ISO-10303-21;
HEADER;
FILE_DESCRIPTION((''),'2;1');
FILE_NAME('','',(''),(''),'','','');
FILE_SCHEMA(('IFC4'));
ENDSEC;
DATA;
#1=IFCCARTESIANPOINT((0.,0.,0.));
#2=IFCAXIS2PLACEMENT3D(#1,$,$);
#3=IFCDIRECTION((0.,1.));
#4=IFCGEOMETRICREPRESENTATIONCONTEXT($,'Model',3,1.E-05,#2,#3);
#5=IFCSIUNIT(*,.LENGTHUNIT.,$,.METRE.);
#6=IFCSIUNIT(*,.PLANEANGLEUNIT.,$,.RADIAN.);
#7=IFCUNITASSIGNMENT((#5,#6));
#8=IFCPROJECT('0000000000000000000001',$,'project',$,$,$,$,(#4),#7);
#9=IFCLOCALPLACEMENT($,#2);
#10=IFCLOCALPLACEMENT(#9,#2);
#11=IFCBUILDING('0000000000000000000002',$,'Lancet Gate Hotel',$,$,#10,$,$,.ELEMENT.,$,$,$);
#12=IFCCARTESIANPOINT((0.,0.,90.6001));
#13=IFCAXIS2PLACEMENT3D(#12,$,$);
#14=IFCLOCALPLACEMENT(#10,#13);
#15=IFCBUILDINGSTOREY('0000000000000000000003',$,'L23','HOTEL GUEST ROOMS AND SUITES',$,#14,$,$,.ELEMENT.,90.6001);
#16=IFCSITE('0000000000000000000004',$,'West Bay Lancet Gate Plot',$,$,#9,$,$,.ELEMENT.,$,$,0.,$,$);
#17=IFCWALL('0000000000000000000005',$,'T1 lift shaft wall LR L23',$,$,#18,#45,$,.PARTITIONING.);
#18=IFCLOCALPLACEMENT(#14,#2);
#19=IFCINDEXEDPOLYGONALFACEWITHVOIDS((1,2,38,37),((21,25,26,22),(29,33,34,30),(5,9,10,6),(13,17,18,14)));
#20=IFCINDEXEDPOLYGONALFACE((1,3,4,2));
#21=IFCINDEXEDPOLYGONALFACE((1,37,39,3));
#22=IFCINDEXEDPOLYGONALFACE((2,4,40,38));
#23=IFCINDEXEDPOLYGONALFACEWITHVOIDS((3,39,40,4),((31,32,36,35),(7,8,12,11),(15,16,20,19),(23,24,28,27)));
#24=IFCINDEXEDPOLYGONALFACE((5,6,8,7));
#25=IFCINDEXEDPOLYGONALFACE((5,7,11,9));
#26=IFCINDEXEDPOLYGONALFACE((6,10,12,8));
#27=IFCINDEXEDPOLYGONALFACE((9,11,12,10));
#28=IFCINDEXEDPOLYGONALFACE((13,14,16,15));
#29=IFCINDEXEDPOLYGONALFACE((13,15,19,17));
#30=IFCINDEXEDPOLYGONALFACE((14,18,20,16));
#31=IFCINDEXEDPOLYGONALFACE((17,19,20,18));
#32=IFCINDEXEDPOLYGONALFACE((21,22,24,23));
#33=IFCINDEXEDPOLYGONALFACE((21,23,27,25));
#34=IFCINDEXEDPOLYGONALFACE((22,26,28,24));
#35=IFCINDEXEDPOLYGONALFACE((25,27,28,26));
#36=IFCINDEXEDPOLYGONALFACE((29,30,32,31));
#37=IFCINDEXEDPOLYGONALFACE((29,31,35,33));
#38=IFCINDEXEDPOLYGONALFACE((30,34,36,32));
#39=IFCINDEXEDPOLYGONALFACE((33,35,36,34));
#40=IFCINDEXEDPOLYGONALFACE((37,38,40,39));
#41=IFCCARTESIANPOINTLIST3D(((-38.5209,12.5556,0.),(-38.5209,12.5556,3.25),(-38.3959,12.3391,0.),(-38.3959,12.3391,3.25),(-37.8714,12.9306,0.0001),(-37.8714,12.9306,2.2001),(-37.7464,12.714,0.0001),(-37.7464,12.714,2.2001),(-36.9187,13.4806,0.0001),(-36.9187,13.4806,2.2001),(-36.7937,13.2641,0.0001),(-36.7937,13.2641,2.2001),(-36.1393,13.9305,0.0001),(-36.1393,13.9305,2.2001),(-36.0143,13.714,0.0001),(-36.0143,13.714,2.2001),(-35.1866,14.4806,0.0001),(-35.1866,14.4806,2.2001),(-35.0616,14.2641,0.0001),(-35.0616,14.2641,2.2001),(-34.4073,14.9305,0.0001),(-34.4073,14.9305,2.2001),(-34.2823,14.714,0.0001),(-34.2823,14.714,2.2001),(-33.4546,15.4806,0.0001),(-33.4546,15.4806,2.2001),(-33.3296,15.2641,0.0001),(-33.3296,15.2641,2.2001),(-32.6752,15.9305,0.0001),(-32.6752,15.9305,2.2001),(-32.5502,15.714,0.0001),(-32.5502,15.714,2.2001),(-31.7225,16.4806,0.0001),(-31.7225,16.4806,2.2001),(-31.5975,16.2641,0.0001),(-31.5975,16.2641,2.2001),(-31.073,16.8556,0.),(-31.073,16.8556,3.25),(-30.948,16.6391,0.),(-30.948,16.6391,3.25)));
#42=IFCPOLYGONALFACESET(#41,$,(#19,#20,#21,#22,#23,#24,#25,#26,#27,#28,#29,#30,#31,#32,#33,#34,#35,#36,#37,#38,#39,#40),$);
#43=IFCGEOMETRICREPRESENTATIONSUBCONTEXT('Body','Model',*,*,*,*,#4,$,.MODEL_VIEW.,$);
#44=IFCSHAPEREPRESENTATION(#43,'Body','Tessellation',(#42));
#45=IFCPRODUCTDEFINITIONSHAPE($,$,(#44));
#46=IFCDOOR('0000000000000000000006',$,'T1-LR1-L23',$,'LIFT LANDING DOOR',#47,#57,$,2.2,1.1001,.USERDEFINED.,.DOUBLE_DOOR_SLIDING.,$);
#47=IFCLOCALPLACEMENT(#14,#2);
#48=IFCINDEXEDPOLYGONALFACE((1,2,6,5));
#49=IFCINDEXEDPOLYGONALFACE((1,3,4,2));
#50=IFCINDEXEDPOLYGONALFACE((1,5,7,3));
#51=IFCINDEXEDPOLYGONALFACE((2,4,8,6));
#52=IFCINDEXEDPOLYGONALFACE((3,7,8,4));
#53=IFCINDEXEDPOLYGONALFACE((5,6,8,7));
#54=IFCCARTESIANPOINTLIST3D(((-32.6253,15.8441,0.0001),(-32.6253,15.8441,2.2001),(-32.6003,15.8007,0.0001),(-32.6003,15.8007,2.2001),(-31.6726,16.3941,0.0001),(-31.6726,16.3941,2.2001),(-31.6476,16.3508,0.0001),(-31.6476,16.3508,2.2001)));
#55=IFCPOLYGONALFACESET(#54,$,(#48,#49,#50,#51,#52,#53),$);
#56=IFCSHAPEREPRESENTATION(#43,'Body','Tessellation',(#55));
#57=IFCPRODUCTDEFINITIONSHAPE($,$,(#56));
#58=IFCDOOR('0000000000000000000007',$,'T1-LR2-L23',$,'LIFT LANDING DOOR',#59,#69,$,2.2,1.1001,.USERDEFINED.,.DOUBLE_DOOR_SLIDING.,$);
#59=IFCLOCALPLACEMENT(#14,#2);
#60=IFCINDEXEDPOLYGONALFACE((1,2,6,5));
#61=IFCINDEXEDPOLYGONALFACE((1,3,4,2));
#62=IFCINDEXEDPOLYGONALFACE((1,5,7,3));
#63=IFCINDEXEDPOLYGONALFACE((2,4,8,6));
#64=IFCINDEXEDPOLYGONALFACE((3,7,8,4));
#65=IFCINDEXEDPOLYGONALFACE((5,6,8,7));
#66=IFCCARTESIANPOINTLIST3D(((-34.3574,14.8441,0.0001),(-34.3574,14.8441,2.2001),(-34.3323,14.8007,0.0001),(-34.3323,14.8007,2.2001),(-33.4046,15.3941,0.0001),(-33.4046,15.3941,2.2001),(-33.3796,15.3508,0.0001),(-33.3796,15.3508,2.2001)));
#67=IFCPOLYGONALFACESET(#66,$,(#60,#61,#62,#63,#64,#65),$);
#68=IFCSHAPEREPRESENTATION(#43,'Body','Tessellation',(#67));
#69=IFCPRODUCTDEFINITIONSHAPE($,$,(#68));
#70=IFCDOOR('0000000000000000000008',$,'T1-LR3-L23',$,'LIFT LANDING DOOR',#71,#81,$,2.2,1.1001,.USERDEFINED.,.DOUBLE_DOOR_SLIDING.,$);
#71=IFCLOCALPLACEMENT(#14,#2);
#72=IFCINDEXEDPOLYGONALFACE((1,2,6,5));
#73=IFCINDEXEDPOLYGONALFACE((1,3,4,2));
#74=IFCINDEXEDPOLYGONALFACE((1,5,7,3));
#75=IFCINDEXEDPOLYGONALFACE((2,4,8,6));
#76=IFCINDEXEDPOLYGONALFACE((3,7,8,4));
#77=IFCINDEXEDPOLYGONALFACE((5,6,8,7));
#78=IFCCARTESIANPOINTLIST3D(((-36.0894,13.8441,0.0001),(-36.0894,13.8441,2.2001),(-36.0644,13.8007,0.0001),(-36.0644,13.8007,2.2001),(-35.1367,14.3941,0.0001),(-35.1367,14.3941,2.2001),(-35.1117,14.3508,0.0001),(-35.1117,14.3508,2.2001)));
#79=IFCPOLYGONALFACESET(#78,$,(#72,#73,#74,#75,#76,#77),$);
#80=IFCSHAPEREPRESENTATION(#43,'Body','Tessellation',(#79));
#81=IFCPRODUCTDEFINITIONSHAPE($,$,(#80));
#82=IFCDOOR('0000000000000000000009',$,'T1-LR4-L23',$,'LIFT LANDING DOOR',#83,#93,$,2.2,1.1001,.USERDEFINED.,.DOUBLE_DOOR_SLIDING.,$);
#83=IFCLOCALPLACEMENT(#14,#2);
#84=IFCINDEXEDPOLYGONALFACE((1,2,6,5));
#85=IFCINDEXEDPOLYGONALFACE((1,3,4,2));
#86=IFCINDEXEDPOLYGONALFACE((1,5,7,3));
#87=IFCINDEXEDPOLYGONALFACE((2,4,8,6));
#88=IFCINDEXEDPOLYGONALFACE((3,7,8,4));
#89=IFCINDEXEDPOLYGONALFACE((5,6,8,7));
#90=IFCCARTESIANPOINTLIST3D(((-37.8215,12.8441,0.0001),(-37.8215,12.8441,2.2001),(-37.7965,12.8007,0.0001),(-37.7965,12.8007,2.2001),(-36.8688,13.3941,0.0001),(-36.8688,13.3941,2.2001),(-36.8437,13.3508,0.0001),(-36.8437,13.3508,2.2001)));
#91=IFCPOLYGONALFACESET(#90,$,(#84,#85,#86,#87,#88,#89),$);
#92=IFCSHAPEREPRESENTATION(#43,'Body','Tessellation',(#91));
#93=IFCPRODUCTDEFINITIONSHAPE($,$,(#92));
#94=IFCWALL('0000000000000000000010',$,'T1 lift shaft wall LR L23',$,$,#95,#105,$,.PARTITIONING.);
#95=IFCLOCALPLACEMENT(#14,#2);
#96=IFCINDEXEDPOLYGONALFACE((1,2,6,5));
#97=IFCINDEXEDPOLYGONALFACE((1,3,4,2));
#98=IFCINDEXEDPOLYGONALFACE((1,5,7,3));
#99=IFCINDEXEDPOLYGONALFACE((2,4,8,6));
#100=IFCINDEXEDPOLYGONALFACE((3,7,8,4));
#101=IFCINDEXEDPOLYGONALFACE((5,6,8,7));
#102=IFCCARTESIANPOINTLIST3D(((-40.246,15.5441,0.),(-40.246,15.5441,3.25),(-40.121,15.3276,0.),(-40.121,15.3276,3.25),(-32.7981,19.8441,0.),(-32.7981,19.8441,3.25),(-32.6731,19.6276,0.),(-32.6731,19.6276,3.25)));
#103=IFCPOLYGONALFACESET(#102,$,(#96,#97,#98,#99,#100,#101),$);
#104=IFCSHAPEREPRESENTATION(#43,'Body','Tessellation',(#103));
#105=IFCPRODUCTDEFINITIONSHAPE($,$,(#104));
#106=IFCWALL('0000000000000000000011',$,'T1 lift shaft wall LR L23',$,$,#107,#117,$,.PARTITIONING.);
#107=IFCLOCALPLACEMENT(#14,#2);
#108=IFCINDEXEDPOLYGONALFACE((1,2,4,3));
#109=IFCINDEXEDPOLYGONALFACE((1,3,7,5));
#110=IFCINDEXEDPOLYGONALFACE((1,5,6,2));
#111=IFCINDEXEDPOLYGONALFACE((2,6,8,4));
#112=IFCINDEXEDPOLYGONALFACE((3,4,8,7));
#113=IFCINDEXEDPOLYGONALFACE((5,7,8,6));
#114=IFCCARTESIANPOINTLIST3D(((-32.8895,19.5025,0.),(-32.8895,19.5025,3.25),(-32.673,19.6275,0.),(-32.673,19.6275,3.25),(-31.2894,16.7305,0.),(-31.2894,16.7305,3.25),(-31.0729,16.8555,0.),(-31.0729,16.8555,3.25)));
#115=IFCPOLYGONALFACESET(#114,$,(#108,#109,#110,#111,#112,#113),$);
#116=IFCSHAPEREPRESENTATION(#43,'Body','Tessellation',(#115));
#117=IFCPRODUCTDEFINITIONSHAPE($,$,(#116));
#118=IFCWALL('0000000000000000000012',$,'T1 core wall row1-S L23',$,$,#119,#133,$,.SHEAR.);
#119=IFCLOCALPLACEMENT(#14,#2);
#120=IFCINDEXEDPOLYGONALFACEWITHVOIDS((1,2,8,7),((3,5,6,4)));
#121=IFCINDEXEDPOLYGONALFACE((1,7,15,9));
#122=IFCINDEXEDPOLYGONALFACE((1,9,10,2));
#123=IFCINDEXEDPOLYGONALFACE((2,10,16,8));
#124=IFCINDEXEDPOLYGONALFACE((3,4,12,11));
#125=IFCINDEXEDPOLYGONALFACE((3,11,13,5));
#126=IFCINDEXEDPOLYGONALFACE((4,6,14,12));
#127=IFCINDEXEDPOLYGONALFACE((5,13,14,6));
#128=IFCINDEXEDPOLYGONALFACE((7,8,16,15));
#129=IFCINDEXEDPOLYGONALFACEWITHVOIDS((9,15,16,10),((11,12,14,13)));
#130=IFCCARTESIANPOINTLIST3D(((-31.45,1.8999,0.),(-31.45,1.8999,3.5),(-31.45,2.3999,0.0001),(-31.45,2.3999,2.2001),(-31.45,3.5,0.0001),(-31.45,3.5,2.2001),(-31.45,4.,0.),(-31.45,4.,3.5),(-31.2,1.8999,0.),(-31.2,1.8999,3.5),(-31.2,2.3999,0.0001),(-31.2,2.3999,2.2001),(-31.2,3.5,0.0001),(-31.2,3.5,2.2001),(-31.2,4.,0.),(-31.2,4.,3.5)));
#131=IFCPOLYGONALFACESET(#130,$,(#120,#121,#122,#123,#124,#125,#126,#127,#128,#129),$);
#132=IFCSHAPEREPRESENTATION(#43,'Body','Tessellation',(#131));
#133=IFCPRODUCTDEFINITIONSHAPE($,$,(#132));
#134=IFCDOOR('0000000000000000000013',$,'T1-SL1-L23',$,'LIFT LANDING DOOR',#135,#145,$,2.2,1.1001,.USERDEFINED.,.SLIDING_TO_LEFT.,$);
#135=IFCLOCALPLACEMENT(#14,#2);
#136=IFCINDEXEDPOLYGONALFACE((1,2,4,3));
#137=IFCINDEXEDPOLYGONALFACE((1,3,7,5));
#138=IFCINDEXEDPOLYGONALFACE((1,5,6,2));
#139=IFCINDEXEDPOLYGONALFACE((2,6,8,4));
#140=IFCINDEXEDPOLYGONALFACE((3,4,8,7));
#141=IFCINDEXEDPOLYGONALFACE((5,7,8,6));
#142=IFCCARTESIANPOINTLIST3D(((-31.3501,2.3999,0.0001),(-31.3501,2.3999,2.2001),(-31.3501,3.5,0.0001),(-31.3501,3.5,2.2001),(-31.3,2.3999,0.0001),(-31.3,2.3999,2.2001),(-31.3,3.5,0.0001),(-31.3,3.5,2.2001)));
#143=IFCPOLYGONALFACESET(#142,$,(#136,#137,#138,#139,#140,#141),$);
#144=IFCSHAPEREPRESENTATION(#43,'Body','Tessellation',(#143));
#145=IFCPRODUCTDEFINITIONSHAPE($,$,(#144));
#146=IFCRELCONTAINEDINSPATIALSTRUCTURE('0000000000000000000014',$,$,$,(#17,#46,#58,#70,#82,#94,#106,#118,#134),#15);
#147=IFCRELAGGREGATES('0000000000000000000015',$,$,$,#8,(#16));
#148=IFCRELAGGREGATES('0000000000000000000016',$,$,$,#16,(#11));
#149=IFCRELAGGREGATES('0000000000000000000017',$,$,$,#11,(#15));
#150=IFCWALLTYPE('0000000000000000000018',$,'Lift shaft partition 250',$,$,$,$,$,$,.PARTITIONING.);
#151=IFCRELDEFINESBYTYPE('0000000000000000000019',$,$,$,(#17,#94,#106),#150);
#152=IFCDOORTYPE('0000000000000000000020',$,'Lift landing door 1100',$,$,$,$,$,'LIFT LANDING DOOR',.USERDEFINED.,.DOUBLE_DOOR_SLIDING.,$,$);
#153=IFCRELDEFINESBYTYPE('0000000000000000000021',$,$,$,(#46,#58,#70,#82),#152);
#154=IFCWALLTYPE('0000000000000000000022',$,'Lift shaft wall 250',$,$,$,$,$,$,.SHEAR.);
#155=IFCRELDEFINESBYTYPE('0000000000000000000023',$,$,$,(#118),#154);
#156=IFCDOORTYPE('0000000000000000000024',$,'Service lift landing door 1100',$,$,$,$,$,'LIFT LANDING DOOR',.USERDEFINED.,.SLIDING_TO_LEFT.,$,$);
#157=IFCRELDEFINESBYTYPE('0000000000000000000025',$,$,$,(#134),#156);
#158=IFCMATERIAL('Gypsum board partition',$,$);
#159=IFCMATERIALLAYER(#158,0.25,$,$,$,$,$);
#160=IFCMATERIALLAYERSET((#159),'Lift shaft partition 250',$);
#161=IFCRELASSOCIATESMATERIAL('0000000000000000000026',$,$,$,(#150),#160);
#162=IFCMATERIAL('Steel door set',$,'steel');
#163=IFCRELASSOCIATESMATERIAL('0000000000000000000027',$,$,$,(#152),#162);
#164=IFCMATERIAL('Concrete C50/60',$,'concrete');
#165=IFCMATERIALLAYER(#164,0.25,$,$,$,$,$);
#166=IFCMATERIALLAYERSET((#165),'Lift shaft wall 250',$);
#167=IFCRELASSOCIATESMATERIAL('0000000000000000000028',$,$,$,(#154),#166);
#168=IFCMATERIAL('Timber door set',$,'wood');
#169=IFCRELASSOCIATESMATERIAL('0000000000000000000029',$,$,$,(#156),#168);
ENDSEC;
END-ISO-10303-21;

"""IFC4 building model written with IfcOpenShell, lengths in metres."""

from ifc_helpers import new_model, si_unit, direction, frame, frame_2d, origin, place, context, subcontext, project, spatial, rectangle, extrude, material, layer, layer_set, type_object, element, fill, save


model = new_model("IFC4")

# Units and contexts
model_context = context("Model", 3, precision=1e-05, world=origin(), true_north=direction((0.0, 1.0)))
body_context = subcontext(model_context, "Body", "Model", "MODEL_VIEW")
ifc_project = project(units=[si_unit("LENGTHUNIT", "METRE"), si_unit("PLANEANGLEUNIT", "RADIAN")], contexts=[model_context])

# Site, building, storey
site_placement = place(None, origin())
site = spatial("IfcSite", under=ifc_project, at=site_placement, Name="West Bay Lancet Gate Plot", CompositionType="ELEMENT", RefElevation=0.0)
building_placement = place(site_placement, origin())
building = spatial("IfcBuilding", under=site, at=building_placement, Name="Lancet Gate Hotel", CompositionType="ELEMENT")
storey_placement = place(building_placement, frame((0.0, 0.0, 90.6001)))
storey = spatial("IfcBuildingStorey", under=building, at=storey_placement, Name="L23", Description="HOTEL GUEST ROOMS AND SUITES", CompositionType="ELEMENT", Elevation=90.6001)

# Wall, openings, doors
ifc_material_1 = material(Name="Gypsum board partition")
ifc_layer_1 = layer(ifc_material_1, 0.25)
ifc_layer_set_1 = layer_set([ifc_layer_1], Name="Lift shaft partition 250")
wall_type_1 = type_object("IfcWallType", Name="Lift shaft partition 250", PredefinedType="PARTITIONING", material=ifc_layer_set_1)
wall_1_placement = place(storey_placement, frame((-31.0105, 16.7473, 0.0), z_axis=(0.0, 0.0, 1.0), x_axis=(-0.866028, -0.499995, 0.0)))
wall_1 = element("IfcWall", 1, at=wall_1_placement, inside=storey, type_object=wall_type_1, Name="T1 lift shaft wall LR L23", PredefinedType="PARTITIONING", context=body_context, shape_type="SweptSolid", body=[
    extrude(rectangle(XDim=8.6001, YDim=0.25, at=frame_2d((4.3, 0.0))), origin(), (0.0, 0.0, 1.0), 3.25),
])
opening_1_placement = place(wall_1_placement, frame((0.75, 0.0, 0.0)))
opening_1 = element("IfcOpeningElement", 2, at=opening_1_placement, cuts=wall_1, PredefinedType="OPENING", context=body_context, shape_type="SweptSolid", body=[
    extrude(rectangle(XDim=1.1001, YDim=2.2, at=frame_2d((0.55, 1.1001))), frame((0.0, 0.135, 0.0), z_axis=(0.0, -1.0, 0.0), x_axis=(1.0, 0.0, 0.0)), (0.0, 0.0, 1.0), 0.27),
])
opening_2_placement = place(wall_1_placement, frame((2.75, 0.0, 0.0)))
opening_2 = element("IfcOpeningElement", 3, at=opening_2_placement, cuts=wall_1, PredefinedType="OPENING", context=body_context, shape_type="SweptSolid", body=[
    extrude(rectangle(XDim=1.1001, YDim=2.2, at=frame_2d((0.55, 1.1001))), frame((0.0, 0.135, 0.0), z_axis=(0.0, -1.0, 0.0), x_axis=(1.0, 0.0, 0.0)), (0.0, 0.0, 1.0), 0.27),
])
opening_3_placement = place(wall_1_placement, frame((4.75, 0.0, 0.0)))
opening_3 = element("IfcOpeningElement", 4, at=opening_3_placement, cuts=wall_1, PredefinedType="OPENING", context=body_context, shape_type="SweptSolid", body=[
    extrude(rectangle(XDim=1.1001, YDim=2.2, at=frame_2d((0.55, 1.1001))), frame((0.0, 0.135, 0.0), z_axis=(0.0, -1.0, 0.0), x_axis=(1.0, 0.0, 0.0)), (0.0, 0.0, 1.0), 0.27),
])
opening_4_placement = place(wall_1_placement, frame((6.75, 0.0, 0.0)))
opening_4 = element("IfcOpeningElement", 5, at=opening_4_placement, cuts=wall_1, PredefinedType="OPENING", context=body_context, shape_type="SweptSolid", body=[
    extrude(rectangle(XDim=1.1001, YDim=2.2, at=frame_2d((0.55, 1.1001))), frame((0.0, 0.135, 0.0), z_axis=(0.0, -1.0, 0.0), x_axis=(1.0, 0.0, 0.0)), (0.0, 0.0, 1.0), 0.27),
])
ifc_material_2 = material(Name="Steel door set", Category="steel")
door_type_1 = type_object("IfcDoorType", Name="Lift landing door 1100", ElementType="LIFT LANDING DOOR", OperationType="DOUBLE_DOOR_SLIDING", PredefinedType="USERDEFINED", material=ifc_material_2)
door_1_placement = place(opening_1_placement, origin())
door_1 = element("IfcDoor", 6, at=door_1_placement, inside=storey, type_object=door_type_1, Name="T1-LR1-L23", ObjectType="LIFT LANDING DOOR", OperationType="DOUBLE_DOOR_SLIDING", OverallHeight=2.2, OverallWidth=1.1001, PredefinedType="USERDEFINED", context=body_context, shape_type="SweptSolid", body=[
    extrude(rectangle(XDim=1.1001, YDim=2.2, at=frame_2d((0.55, 1.1001))), frame((0.0, 0.0249, 0.0), z_axis=(0.0, -1.0, 0.0), x_axis=(1.0, 0.0, 0.0)), (0.0, 0.0, 1.0), 0.05),
])
fill(opening_1, door_1)
door_2_placement = place(opening_2_placement, origin())
door_2 = element("IfcDoor", 7, at=door_2_placement, inside=storey, type_object=door_type_1, Name="T1-LR2-L23", ObjectType="LIFT LANDING DOOR", OperationType="DOUBLE_DOOR_SLIDING", OverallHeight=2.2, OverallWidth=1.1001, PredefinedType="USERDEFINED", context=body_context, shape_type="SweptSolid", body=[
    extrude(rectangle(XDim=1.1001, YDim=2.2, at=frame_2d((0.55, 1.1001))), frame((0.0, 0.0249, 0.0), z_axis=(0.0, -1.0, 0.0), x_axis=(1.0, 0.0, 0.0)), (0.0, 0.0, 1.0), 0.05),
])
fill(opening_2, door_2)
door_3_placement = place(opening_3_placement, origin())
door_3 = element("IfcDoor", 8, at=door_3_placement, inside=storey, type_object=door_type_1, Name="T1-LR3-L23", ObjectType="LIFT LANDING DOOR", OperationType="DOUBLE_DOOR_SLIDING", OverallHeight=2.2, OverallWidth=1.1001, PredefinedType="USERDEFINED", context=body_context, shape_type="SweptSolid", body=[
    extrude(rectangle(XDim=1.1001, YDim=2.2, at=frame_2d((0.55, 1.1001))), frame((0.0, 0.0249, 0.0), z_axis=(0.0, -1.0, 0.0), x_axis=(1.0, 0.0, 0.0)), (0.0, 0.0, 1.0), 0.05),
])
fill(opening_3, door_3)
door_4_placement = place(opening_4_placement, origin())
door_4 = element("IfcDoor", 9, at=door_4_placement, inside=storey, type_object=door_type_1, Name="T1-LR4-L23", ObjectType="LIFT LANDING DOOR", OperationType="DOUBLE_DOOR_SLIDING", OverallHeight=2.2, OverallWidth=1.1001, PredefinedType="USERDEFINED", context=body_context, shape_type="SweptSolid", body=[
    extrude(rectangle(XDim=1.1001, YDim=2.2, at=frame_2d((0.55, 1.1001))), frame((0.0, 0.0249, 0.0), z_axis=(0.0, -1.0, 0.0), x_axis=(1.0, 0.0, 0.0)), (0.0, 0.0, 1.0), 0.05),
])
fill(opening_4, door_4)

# Walls
wall_2_placement = place(storey_placement, frame((-32.7356, 19.7358, 0.0), z_axis=(0.0, 0.0, 1.0), x_axis=(-0.866028, -0.499995, 0.0)))
element("IfcWall", 10, at=wall_2_placement, inside=storey, type_object=wall_type_1, Name="T1 lift shaft wall LR L23", PredefinedType="PARTITIONING", context=body_context, shape_type="SweptSolid", body=[
    extrude(rectangle(XDim=8.6001, YDim=0.25, at=frame_2d((4.3, 0.0))), origin(), (0.0, 0.0, 1.0), 3.25),
])
wall_3_placement = place(storey_placement, frame((-31.1812, 16.793, 0.0), z_axis=(0.0, 0.0, 1.0), x_axis=(-0.499929, 0.866066, 0.0)))
element("IfcWall", 11, at=wall_3_placement, inside=storey, type_object=wall_type_1, Name="T1 lift shaft wall LR L23", PredefinedType="PARTITIONING", context=body_context, shape_type="SweptSolid", body=[
    extrude(rectangle(XDim=3.2007, YDim=0.25, at=frame_2d((1.6003, 0.0))), origin(), (0.0, 0.0, 1.0), 3.25),
])

# Wall, opening, door
ifc_material_3 = material(Name="Concrete C50/60", Category="concrete")
ifc_layer_2 = layer(ifc_material_3, 0.25)
ifc_layer_set_2 = layer_set([ifc_layer_2], Name="Lift shaft wall 250")
wall_type_2 = type_object("IfcWallType", Name="Lift shaft wall 250", PredefinedType="SHEAR", material=ifc_layer_set_2)
wall_4_placement = place(storey_placement, frame((-31.325, 4.0, 0.0), z_axis=(0.0, 0.0, 1.0), x_axis=(0.0, -1.0, 0.0)))
wall_4 = element("IfcWall", 12, at=wall_4_placement, inside=storey, type_object=wall_type_2, Name="T1 core wall row1-S L23", PredefinedType="SHEAR", context=body_context, shape_type="SweptSolid", body=[
    extrude(rectangle(XDim=2.1001, YDim=0.25, at=frame_2d((1.05, 0.0))), origin(), (0.0, 0.0, 1.0), 3.5),
])
opening_5_placement = place(wall_4_placement, frame((0.5, 0.0, 0.0)))
opening_5 = element("IfcOpeningElement", 13, at=opening_5_placement, cuts=wall_4, PredefinedType="OPENING", context=body_context, shape_type="SweptSolid", body=[
    extrude(rectangle(XDim=1.1001, YDim=2.2, at=frame_2d((0.55, 1.1001))), frame((0.0, 0.135, 0.0), z_axis=(0.0, -1.0, 0.0), x_axis=(1.0, 0.0, 0.0)), (0.0, 0.0, 1.0), 0.27),
])
ifc_material_4 = material(Name="Timber door set", Category="wood")
door_type_2 = type_object("IfcDoorType", Name="Service lift landing door 1100", ElementType="LIFT LANDING DOOR", OperationType="SLIDING_TO_LEFT", PredefinedType="USERDEFINED", material=ifc_material_4)
door_5_placement = place(opening_5_placement, origin())
door_5 = element("IfcDoor", 14, at=door_5_placement, inside=storey, type_object=door_type_2, Name="T1-SL1-L23", ObjectType="LIFT LANDING DOOR", OperationType="SLIDING_TO_LEFT", OverallHeight=2.2, OverallWidth=1.1001, PredefinedType="USERDEFINED", context=body_context, shape_type="SweptSolid", body=[
    extrude(rectangle(XDim=1.1001, YDim=2.2, at=frame_2d((0.55, 1.1001))), frame((0.0, 0.0249, 0.0), z_axis=(0.0, -1.0, 0.0), x_axis=(1.0, 0.0, 0.0)), (0.0, 0.0, 1.0), 0.05),
])
fill(opening_5, door_5)

save(model, "model.ifc")
